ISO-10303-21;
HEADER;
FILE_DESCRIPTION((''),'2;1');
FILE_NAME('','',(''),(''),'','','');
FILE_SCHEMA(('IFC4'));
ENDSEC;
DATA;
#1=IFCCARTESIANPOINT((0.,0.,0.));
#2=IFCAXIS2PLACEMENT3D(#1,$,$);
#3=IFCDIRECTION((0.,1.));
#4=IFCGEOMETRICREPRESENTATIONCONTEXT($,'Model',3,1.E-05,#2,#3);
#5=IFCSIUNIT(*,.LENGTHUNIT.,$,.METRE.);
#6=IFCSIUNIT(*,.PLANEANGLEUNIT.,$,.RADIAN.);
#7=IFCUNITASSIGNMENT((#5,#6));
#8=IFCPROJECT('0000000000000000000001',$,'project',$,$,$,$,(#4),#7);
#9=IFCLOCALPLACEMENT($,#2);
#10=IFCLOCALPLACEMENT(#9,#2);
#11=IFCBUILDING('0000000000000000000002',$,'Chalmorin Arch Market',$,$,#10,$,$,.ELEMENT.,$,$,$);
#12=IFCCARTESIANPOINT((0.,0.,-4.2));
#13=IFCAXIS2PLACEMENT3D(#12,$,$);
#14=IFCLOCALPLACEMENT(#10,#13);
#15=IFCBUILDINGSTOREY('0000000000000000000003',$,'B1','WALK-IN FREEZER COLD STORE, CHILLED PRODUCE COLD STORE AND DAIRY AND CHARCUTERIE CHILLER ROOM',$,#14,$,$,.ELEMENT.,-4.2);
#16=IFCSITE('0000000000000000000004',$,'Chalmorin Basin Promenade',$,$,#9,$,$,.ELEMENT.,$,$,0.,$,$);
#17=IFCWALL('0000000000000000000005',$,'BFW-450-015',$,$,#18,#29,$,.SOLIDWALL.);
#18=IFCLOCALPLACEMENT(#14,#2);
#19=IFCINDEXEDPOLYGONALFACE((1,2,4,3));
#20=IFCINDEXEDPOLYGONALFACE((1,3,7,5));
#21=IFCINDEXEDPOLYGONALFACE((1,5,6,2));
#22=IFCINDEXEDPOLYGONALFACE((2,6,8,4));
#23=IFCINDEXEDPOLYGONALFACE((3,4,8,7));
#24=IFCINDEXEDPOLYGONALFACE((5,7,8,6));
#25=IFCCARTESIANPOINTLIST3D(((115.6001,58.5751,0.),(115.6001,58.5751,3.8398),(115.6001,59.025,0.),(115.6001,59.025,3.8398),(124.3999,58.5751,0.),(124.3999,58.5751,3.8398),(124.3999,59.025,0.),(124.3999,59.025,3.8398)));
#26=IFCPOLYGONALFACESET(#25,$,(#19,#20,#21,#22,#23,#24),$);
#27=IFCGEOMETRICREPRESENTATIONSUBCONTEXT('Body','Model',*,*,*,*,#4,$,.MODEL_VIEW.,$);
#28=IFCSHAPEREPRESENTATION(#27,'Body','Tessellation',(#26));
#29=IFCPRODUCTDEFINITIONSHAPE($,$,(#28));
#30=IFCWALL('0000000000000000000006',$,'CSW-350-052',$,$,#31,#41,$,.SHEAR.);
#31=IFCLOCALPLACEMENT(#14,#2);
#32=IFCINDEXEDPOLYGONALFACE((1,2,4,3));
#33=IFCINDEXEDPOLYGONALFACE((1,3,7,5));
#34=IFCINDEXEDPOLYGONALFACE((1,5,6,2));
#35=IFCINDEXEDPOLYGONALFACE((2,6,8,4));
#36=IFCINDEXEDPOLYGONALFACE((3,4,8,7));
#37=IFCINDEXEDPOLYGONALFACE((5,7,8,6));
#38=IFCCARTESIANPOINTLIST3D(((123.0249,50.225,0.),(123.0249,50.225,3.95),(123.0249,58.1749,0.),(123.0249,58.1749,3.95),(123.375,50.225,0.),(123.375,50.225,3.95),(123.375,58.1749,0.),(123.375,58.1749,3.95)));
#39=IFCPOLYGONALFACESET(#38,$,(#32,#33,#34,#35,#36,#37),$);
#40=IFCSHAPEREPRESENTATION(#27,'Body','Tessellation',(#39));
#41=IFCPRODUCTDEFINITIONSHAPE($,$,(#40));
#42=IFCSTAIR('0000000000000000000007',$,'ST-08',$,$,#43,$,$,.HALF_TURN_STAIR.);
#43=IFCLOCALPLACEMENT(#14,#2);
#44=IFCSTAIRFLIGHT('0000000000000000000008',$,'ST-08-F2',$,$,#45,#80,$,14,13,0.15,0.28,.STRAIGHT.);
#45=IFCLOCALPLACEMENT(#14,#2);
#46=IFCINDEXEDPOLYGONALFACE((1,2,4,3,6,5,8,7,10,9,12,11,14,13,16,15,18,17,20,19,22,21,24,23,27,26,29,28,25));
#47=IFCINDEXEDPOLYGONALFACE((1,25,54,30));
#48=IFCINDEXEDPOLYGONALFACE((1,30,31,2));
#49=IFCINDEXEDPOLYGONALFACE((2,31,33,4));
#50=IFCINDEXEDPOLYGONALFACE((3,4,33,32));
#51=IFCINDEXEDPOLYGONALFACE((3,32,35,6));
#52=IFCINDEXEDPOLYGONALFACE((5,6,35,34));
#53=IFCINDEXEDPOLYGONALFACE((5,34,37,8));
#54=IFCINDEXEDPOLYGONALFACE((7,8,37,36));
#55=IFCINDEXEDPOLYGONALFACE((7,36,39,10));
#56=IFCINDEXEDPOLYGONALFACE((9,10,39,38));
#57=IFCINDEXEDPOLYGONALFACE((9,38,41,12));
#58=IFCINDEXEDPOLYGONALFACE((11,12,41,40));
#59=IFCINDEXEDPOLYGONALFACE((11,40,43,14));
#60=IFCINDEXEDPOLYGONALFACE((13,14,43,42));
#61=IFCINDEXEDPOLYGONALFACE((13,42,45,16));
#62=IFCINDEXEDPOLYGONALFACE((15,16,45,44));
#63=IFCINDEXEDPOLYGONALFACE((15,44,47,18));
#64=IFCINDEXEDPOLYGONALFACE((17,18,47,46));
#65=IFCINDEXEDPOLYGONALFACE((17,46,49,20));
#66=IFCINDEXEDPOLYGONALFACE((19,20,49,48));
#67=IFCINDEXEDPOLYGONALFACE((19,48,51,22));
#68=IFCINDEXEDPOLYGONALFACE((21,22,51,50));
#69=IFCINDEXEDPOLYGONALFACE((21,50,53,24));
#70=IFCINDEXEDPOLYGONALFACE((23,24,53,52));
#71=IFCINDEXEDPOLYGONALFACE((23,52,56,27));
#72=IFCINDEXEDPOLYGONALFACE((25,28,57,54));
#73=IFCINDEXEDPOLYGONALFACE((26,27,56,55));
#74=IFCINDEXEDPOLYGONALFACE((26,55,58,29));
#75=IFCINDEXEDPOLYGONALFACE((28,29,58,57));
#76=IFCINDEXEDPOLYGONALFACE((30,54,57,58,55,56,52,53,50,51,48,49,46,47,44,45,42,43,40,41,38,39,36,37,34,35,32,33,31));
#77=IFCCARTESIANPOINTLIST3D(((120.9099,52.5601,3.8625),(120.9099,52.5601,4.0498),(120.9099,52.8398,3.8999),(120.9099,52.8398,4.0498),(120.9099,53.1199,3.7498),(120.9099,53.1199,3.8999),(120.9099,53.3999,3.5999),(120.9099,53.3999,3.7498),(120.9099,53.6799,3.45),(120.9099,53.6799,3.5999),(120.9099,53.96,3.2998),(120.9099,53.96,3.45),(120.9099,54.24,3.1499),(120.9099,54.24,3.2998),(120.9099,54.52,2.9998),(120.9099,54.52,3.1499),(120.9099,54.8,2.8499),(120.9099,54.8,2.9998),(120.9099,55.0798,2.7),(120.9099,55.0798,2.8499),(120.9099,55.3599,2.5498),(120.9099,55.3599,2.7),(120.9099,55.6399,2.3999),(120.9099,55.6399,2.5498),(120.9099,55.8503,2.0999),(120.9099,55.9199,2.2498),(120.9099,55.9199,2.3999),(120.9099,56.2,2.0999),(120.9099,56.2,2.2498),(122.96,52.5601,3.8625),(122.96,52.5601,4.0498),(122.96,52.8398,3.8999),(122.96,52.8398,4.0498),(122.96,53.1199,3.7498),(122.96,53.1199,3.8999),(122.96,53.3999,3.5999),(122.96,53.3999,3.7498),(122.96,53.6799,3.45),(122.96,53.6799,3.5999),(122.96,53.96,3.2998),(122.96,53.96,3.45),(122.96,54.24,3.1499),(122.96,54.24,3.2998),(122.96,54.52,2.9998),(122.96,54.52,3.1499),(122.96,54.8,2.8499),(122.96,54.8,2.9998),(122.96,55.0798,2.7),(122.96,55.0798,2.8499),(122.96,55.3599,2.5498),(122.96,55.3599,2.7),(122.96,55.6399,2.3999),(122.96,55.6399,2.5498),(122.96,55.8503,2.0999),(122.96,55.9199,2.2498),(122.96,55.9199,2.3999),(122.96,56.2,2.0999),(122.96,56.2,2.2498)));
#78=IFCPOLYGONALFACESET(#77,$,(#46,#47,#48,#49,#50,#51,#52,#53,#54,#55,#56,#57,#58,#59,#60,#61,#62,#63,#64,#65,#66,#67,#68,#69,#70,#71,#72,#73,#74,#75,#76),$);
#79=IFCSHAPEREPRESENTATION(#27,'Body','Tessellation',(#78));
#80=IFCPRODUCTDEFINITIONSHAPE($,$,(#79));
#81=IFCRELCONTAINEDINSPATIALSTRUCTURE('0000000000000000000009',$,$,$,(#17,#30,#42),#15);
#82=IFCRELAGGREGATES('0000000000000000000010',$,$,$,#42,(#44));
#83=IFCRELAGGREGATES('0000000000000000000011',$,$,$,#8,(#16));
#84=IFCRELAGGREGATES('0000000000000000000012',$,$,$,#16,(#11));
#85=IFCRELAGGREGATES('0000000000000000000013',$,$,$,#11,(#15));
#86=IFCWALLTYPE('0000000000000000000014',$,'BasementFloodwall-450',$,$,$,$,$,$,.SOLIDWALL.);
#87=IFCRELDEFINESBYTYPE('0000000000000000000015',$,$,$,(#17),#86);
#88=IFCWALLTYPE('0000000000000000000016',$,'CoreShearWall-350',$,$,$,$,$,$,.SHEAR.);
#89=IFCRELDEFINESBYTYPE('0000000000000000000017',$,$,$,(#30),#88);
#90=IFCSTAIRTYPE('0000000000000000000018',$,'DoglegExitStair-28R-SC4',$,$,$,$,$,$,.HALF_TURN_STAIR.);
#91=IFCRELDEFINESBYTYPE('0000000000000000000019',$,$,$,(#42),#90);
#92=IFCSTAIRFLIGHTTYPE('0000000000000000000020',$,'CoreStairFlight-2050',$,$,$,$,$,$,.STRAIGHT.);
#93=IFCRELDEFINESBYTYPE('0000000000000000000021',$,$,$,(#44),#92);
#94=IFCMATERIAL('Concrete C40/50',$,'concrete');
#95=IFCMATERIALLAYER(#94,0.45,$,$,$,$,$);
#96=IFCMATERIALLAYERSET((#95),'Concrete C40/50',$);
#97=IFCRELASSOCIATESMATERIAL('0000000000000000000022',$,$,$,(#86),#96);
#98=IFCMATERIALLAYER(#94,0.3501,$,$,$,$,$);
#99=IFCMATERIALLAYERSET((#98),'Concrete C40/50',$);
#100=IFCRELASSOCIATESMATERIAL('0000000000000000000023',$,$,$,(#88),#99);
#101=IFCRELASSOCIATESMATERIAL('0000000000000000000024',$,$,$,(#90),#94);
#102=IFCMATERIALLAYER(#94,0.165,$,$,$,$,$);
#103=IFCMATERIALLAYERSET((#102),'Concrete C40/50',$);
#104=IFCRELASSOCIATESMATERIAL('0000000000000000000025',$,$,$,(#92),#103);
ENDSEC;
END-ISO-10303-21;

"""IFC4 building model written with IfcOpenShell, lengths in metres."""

from ifc_helpers import new_model, si_unit, direction, frame, frame_2d, origin, place, context, subcontext, project, spatial, polyline, rectangle, outline, extrude, material, layer, layer_set, type_object, element, aggregate, save


model = new_model("IFC4")

# Units and contexts
model_context = context("Model", 3, precision=1e-05, world=origin(), true_north=direction((0.0, 1.0)))
body_context = subcontext(model_context, "Body", "Model", "MODEL_VIEW")
ifc_project = project(units=[si_unit("LENGTHUNIT", "METRE"), si_unit("PLANEANGLEUNIT", "RADIAN")], contexts=[model_context])

# Site, building, storey
site_placement = place(None, origin())
site = spatial("IfcSite", under=ifc_project, at=site_placement, Name="Chalmorin Basin Promenade", CompositionType="ELEMENT", RefElevation=0.0)
building_placement = place(site_placement, origin())
building = spatial("IfcBuilding", under=site, at=building_placement, Name="Chalmorin Arch Market", CompositionType="ELEMENT")
storey_placement = place(building_placement, frame((0.0, 0.0, -4.2)))
storey = spatial("IfcBuildingStorey", under=building, at=storey_placement, Name="B1", Description="WALK-IN FREEZER COLD STORE, CHILLED PRODUCE COLD STORE AND DAIRY AND CHARCUTERIE CHILLER ROOM", CompositionType="ELEMENT", Elevation=-4.2)

# Shared definitions
ifc_material_1 = material(Name="Concrete C40/50", Category="concrete")

# Walls
ifc_layer_1 = layer(ifc_material_1, 0.45)
ifc_layer_set_1 = layer_set([ifc_layer_1], Name="Concrete C40/50")
wall_type_1 = type_object("IfcWallType", Name="BasementFloodwall-450", PredefinedType="SOLIDWALL", material=ifc_layer_set_1)
wall_1_placement = place(storey_placement, frame((124.3999, 58.8, 0.0), z_axis=(0.0, 0.0, 1.0), x_axis=(-1.0, 0.0, 0.0)))
element("IfcWall", 1, at=wall_1_placement, inside=storey, type_object=wall_type_1, Name="BFW-450-015", PredefinedType="SOLIDWALL", context=body_context, shape_type="SweptSolid", body=[
    extrude(rectangle(XDim=8.7998, YDim=0.45, at=frame_2d((4.3999, 0.0))), origin(), (0.0, 0.0, 1.0), 3.8398),
])
ifc_layer_2 = layer(ifc_material_1, 0.3501)
ifc_layer_set_2 = layer_set([ifc_layer_2], Name="Concrete C40/50")
wall_type_2 = type_object("IfcWallType", Name="CoreShearWall-350", PredefinedType="SHEAR", material=ifc_layer_set_2)
wall_2_placement = place(storey_placement, frame((123.2, 58.175, 0.0), z_axis=(0.0, 0.0, 1.0), x_axis=(0.0, -1.0, 0.0)))
element("IfcWall", 2, at=wall_2_placement, inside=storey, type_object=wall_type_2, Name="CSW-350-052", PredefinedType="SHEAR", context=body_context, shape_type="SweptSolid", body=[
    extrude(rectangle(XDim=7.95, YDim=0.3501, at=frame_2d((3.9751, 0.0))), origin(), (0.0, 0.0, 1.0), 3.95),
])

# Stair, stair flight
stair_type = type_object("IfcStairType", Name="DoglegExitStair-28R-SC4", PredefinedType="HALF_TURN_STAIR", material=ifc_material_1)
stair_placement = place(storey_placement, origin())
stair = element("IfcStair", 3, at=stair_placement, inside=storey, type_object=stair_type, Name="ST-08", PredefinedType="HALF_TURN_STAIR")
ifc_layer_3 = layer(ifc_material_1, 0.165)
ifc_layer_set_3 = layer_set([ifc_layer_3], Name="Concrete C40/50")
stair_flight_type = type_object("IfcStairFlightType", Name="CoreStairFlight-2050", PredefinedType="STRAIGHT", material=ifc_layer_set_3)
stair_flight_placement = place(storey_placement, frame((121.9351, 56.2, 2.0999), z_axis=(0.0, 0.0, 1.0), x_axis=(0.0, -1.0, 0.0)))
stair_flight = element("IfcStairFlight", 4, at=stair_flight_placement, type_object=stair_flight_type, Name="ST-08-F2", NumberOfRisers=14, NumberOfTreads=13, PredefinedType="STRAIGHT", RiserHeight=0.15, TreadLength=0.28, context=body_context, shape_type="SweptSolid", body=[
    extrude(outline(polyline([(0.0, 0.0), (0.0, 0.1499), (0.28, 0.1499), (0.28, 0.3), (0.5601, 0.3), (0.5601, 0.45), (0.8401, 0.45), (0.8401, 0.6001), (1.1201, 0.6001), (1.1201, 0.75), (1.3999, 0.75), (1.3999, 0.8999), (1.6799, 0.8999), (1.6799, 1.05), (1.96, 1.05), (1.96, 1.2), (2.24, 1.2), (2.24, 1.3501), (2.52, 1.3501), (2.52, 1.5), (2.8, 1.5), (2.8, 1.6499), (3.0801, 1.6499), (3.0801, 1.8), (3.3601, 1.8), (3.3601, 1.95), (3.6399, 1.95), (3.6399, 2.1001), (3.6399, 1.7627), (0.3496, 0.0), (0.0, 0.0)])), frame((0.0, 1.0249, 0.0), z_axis=(0.0, -1.0, 0.0), x_axis=(1.0, 0.0, 0.0)), (0.0, 0.0, 1.0), 2.05),
])
aggregate(stair, [stair_flight])

save(model, "model.ifc")
